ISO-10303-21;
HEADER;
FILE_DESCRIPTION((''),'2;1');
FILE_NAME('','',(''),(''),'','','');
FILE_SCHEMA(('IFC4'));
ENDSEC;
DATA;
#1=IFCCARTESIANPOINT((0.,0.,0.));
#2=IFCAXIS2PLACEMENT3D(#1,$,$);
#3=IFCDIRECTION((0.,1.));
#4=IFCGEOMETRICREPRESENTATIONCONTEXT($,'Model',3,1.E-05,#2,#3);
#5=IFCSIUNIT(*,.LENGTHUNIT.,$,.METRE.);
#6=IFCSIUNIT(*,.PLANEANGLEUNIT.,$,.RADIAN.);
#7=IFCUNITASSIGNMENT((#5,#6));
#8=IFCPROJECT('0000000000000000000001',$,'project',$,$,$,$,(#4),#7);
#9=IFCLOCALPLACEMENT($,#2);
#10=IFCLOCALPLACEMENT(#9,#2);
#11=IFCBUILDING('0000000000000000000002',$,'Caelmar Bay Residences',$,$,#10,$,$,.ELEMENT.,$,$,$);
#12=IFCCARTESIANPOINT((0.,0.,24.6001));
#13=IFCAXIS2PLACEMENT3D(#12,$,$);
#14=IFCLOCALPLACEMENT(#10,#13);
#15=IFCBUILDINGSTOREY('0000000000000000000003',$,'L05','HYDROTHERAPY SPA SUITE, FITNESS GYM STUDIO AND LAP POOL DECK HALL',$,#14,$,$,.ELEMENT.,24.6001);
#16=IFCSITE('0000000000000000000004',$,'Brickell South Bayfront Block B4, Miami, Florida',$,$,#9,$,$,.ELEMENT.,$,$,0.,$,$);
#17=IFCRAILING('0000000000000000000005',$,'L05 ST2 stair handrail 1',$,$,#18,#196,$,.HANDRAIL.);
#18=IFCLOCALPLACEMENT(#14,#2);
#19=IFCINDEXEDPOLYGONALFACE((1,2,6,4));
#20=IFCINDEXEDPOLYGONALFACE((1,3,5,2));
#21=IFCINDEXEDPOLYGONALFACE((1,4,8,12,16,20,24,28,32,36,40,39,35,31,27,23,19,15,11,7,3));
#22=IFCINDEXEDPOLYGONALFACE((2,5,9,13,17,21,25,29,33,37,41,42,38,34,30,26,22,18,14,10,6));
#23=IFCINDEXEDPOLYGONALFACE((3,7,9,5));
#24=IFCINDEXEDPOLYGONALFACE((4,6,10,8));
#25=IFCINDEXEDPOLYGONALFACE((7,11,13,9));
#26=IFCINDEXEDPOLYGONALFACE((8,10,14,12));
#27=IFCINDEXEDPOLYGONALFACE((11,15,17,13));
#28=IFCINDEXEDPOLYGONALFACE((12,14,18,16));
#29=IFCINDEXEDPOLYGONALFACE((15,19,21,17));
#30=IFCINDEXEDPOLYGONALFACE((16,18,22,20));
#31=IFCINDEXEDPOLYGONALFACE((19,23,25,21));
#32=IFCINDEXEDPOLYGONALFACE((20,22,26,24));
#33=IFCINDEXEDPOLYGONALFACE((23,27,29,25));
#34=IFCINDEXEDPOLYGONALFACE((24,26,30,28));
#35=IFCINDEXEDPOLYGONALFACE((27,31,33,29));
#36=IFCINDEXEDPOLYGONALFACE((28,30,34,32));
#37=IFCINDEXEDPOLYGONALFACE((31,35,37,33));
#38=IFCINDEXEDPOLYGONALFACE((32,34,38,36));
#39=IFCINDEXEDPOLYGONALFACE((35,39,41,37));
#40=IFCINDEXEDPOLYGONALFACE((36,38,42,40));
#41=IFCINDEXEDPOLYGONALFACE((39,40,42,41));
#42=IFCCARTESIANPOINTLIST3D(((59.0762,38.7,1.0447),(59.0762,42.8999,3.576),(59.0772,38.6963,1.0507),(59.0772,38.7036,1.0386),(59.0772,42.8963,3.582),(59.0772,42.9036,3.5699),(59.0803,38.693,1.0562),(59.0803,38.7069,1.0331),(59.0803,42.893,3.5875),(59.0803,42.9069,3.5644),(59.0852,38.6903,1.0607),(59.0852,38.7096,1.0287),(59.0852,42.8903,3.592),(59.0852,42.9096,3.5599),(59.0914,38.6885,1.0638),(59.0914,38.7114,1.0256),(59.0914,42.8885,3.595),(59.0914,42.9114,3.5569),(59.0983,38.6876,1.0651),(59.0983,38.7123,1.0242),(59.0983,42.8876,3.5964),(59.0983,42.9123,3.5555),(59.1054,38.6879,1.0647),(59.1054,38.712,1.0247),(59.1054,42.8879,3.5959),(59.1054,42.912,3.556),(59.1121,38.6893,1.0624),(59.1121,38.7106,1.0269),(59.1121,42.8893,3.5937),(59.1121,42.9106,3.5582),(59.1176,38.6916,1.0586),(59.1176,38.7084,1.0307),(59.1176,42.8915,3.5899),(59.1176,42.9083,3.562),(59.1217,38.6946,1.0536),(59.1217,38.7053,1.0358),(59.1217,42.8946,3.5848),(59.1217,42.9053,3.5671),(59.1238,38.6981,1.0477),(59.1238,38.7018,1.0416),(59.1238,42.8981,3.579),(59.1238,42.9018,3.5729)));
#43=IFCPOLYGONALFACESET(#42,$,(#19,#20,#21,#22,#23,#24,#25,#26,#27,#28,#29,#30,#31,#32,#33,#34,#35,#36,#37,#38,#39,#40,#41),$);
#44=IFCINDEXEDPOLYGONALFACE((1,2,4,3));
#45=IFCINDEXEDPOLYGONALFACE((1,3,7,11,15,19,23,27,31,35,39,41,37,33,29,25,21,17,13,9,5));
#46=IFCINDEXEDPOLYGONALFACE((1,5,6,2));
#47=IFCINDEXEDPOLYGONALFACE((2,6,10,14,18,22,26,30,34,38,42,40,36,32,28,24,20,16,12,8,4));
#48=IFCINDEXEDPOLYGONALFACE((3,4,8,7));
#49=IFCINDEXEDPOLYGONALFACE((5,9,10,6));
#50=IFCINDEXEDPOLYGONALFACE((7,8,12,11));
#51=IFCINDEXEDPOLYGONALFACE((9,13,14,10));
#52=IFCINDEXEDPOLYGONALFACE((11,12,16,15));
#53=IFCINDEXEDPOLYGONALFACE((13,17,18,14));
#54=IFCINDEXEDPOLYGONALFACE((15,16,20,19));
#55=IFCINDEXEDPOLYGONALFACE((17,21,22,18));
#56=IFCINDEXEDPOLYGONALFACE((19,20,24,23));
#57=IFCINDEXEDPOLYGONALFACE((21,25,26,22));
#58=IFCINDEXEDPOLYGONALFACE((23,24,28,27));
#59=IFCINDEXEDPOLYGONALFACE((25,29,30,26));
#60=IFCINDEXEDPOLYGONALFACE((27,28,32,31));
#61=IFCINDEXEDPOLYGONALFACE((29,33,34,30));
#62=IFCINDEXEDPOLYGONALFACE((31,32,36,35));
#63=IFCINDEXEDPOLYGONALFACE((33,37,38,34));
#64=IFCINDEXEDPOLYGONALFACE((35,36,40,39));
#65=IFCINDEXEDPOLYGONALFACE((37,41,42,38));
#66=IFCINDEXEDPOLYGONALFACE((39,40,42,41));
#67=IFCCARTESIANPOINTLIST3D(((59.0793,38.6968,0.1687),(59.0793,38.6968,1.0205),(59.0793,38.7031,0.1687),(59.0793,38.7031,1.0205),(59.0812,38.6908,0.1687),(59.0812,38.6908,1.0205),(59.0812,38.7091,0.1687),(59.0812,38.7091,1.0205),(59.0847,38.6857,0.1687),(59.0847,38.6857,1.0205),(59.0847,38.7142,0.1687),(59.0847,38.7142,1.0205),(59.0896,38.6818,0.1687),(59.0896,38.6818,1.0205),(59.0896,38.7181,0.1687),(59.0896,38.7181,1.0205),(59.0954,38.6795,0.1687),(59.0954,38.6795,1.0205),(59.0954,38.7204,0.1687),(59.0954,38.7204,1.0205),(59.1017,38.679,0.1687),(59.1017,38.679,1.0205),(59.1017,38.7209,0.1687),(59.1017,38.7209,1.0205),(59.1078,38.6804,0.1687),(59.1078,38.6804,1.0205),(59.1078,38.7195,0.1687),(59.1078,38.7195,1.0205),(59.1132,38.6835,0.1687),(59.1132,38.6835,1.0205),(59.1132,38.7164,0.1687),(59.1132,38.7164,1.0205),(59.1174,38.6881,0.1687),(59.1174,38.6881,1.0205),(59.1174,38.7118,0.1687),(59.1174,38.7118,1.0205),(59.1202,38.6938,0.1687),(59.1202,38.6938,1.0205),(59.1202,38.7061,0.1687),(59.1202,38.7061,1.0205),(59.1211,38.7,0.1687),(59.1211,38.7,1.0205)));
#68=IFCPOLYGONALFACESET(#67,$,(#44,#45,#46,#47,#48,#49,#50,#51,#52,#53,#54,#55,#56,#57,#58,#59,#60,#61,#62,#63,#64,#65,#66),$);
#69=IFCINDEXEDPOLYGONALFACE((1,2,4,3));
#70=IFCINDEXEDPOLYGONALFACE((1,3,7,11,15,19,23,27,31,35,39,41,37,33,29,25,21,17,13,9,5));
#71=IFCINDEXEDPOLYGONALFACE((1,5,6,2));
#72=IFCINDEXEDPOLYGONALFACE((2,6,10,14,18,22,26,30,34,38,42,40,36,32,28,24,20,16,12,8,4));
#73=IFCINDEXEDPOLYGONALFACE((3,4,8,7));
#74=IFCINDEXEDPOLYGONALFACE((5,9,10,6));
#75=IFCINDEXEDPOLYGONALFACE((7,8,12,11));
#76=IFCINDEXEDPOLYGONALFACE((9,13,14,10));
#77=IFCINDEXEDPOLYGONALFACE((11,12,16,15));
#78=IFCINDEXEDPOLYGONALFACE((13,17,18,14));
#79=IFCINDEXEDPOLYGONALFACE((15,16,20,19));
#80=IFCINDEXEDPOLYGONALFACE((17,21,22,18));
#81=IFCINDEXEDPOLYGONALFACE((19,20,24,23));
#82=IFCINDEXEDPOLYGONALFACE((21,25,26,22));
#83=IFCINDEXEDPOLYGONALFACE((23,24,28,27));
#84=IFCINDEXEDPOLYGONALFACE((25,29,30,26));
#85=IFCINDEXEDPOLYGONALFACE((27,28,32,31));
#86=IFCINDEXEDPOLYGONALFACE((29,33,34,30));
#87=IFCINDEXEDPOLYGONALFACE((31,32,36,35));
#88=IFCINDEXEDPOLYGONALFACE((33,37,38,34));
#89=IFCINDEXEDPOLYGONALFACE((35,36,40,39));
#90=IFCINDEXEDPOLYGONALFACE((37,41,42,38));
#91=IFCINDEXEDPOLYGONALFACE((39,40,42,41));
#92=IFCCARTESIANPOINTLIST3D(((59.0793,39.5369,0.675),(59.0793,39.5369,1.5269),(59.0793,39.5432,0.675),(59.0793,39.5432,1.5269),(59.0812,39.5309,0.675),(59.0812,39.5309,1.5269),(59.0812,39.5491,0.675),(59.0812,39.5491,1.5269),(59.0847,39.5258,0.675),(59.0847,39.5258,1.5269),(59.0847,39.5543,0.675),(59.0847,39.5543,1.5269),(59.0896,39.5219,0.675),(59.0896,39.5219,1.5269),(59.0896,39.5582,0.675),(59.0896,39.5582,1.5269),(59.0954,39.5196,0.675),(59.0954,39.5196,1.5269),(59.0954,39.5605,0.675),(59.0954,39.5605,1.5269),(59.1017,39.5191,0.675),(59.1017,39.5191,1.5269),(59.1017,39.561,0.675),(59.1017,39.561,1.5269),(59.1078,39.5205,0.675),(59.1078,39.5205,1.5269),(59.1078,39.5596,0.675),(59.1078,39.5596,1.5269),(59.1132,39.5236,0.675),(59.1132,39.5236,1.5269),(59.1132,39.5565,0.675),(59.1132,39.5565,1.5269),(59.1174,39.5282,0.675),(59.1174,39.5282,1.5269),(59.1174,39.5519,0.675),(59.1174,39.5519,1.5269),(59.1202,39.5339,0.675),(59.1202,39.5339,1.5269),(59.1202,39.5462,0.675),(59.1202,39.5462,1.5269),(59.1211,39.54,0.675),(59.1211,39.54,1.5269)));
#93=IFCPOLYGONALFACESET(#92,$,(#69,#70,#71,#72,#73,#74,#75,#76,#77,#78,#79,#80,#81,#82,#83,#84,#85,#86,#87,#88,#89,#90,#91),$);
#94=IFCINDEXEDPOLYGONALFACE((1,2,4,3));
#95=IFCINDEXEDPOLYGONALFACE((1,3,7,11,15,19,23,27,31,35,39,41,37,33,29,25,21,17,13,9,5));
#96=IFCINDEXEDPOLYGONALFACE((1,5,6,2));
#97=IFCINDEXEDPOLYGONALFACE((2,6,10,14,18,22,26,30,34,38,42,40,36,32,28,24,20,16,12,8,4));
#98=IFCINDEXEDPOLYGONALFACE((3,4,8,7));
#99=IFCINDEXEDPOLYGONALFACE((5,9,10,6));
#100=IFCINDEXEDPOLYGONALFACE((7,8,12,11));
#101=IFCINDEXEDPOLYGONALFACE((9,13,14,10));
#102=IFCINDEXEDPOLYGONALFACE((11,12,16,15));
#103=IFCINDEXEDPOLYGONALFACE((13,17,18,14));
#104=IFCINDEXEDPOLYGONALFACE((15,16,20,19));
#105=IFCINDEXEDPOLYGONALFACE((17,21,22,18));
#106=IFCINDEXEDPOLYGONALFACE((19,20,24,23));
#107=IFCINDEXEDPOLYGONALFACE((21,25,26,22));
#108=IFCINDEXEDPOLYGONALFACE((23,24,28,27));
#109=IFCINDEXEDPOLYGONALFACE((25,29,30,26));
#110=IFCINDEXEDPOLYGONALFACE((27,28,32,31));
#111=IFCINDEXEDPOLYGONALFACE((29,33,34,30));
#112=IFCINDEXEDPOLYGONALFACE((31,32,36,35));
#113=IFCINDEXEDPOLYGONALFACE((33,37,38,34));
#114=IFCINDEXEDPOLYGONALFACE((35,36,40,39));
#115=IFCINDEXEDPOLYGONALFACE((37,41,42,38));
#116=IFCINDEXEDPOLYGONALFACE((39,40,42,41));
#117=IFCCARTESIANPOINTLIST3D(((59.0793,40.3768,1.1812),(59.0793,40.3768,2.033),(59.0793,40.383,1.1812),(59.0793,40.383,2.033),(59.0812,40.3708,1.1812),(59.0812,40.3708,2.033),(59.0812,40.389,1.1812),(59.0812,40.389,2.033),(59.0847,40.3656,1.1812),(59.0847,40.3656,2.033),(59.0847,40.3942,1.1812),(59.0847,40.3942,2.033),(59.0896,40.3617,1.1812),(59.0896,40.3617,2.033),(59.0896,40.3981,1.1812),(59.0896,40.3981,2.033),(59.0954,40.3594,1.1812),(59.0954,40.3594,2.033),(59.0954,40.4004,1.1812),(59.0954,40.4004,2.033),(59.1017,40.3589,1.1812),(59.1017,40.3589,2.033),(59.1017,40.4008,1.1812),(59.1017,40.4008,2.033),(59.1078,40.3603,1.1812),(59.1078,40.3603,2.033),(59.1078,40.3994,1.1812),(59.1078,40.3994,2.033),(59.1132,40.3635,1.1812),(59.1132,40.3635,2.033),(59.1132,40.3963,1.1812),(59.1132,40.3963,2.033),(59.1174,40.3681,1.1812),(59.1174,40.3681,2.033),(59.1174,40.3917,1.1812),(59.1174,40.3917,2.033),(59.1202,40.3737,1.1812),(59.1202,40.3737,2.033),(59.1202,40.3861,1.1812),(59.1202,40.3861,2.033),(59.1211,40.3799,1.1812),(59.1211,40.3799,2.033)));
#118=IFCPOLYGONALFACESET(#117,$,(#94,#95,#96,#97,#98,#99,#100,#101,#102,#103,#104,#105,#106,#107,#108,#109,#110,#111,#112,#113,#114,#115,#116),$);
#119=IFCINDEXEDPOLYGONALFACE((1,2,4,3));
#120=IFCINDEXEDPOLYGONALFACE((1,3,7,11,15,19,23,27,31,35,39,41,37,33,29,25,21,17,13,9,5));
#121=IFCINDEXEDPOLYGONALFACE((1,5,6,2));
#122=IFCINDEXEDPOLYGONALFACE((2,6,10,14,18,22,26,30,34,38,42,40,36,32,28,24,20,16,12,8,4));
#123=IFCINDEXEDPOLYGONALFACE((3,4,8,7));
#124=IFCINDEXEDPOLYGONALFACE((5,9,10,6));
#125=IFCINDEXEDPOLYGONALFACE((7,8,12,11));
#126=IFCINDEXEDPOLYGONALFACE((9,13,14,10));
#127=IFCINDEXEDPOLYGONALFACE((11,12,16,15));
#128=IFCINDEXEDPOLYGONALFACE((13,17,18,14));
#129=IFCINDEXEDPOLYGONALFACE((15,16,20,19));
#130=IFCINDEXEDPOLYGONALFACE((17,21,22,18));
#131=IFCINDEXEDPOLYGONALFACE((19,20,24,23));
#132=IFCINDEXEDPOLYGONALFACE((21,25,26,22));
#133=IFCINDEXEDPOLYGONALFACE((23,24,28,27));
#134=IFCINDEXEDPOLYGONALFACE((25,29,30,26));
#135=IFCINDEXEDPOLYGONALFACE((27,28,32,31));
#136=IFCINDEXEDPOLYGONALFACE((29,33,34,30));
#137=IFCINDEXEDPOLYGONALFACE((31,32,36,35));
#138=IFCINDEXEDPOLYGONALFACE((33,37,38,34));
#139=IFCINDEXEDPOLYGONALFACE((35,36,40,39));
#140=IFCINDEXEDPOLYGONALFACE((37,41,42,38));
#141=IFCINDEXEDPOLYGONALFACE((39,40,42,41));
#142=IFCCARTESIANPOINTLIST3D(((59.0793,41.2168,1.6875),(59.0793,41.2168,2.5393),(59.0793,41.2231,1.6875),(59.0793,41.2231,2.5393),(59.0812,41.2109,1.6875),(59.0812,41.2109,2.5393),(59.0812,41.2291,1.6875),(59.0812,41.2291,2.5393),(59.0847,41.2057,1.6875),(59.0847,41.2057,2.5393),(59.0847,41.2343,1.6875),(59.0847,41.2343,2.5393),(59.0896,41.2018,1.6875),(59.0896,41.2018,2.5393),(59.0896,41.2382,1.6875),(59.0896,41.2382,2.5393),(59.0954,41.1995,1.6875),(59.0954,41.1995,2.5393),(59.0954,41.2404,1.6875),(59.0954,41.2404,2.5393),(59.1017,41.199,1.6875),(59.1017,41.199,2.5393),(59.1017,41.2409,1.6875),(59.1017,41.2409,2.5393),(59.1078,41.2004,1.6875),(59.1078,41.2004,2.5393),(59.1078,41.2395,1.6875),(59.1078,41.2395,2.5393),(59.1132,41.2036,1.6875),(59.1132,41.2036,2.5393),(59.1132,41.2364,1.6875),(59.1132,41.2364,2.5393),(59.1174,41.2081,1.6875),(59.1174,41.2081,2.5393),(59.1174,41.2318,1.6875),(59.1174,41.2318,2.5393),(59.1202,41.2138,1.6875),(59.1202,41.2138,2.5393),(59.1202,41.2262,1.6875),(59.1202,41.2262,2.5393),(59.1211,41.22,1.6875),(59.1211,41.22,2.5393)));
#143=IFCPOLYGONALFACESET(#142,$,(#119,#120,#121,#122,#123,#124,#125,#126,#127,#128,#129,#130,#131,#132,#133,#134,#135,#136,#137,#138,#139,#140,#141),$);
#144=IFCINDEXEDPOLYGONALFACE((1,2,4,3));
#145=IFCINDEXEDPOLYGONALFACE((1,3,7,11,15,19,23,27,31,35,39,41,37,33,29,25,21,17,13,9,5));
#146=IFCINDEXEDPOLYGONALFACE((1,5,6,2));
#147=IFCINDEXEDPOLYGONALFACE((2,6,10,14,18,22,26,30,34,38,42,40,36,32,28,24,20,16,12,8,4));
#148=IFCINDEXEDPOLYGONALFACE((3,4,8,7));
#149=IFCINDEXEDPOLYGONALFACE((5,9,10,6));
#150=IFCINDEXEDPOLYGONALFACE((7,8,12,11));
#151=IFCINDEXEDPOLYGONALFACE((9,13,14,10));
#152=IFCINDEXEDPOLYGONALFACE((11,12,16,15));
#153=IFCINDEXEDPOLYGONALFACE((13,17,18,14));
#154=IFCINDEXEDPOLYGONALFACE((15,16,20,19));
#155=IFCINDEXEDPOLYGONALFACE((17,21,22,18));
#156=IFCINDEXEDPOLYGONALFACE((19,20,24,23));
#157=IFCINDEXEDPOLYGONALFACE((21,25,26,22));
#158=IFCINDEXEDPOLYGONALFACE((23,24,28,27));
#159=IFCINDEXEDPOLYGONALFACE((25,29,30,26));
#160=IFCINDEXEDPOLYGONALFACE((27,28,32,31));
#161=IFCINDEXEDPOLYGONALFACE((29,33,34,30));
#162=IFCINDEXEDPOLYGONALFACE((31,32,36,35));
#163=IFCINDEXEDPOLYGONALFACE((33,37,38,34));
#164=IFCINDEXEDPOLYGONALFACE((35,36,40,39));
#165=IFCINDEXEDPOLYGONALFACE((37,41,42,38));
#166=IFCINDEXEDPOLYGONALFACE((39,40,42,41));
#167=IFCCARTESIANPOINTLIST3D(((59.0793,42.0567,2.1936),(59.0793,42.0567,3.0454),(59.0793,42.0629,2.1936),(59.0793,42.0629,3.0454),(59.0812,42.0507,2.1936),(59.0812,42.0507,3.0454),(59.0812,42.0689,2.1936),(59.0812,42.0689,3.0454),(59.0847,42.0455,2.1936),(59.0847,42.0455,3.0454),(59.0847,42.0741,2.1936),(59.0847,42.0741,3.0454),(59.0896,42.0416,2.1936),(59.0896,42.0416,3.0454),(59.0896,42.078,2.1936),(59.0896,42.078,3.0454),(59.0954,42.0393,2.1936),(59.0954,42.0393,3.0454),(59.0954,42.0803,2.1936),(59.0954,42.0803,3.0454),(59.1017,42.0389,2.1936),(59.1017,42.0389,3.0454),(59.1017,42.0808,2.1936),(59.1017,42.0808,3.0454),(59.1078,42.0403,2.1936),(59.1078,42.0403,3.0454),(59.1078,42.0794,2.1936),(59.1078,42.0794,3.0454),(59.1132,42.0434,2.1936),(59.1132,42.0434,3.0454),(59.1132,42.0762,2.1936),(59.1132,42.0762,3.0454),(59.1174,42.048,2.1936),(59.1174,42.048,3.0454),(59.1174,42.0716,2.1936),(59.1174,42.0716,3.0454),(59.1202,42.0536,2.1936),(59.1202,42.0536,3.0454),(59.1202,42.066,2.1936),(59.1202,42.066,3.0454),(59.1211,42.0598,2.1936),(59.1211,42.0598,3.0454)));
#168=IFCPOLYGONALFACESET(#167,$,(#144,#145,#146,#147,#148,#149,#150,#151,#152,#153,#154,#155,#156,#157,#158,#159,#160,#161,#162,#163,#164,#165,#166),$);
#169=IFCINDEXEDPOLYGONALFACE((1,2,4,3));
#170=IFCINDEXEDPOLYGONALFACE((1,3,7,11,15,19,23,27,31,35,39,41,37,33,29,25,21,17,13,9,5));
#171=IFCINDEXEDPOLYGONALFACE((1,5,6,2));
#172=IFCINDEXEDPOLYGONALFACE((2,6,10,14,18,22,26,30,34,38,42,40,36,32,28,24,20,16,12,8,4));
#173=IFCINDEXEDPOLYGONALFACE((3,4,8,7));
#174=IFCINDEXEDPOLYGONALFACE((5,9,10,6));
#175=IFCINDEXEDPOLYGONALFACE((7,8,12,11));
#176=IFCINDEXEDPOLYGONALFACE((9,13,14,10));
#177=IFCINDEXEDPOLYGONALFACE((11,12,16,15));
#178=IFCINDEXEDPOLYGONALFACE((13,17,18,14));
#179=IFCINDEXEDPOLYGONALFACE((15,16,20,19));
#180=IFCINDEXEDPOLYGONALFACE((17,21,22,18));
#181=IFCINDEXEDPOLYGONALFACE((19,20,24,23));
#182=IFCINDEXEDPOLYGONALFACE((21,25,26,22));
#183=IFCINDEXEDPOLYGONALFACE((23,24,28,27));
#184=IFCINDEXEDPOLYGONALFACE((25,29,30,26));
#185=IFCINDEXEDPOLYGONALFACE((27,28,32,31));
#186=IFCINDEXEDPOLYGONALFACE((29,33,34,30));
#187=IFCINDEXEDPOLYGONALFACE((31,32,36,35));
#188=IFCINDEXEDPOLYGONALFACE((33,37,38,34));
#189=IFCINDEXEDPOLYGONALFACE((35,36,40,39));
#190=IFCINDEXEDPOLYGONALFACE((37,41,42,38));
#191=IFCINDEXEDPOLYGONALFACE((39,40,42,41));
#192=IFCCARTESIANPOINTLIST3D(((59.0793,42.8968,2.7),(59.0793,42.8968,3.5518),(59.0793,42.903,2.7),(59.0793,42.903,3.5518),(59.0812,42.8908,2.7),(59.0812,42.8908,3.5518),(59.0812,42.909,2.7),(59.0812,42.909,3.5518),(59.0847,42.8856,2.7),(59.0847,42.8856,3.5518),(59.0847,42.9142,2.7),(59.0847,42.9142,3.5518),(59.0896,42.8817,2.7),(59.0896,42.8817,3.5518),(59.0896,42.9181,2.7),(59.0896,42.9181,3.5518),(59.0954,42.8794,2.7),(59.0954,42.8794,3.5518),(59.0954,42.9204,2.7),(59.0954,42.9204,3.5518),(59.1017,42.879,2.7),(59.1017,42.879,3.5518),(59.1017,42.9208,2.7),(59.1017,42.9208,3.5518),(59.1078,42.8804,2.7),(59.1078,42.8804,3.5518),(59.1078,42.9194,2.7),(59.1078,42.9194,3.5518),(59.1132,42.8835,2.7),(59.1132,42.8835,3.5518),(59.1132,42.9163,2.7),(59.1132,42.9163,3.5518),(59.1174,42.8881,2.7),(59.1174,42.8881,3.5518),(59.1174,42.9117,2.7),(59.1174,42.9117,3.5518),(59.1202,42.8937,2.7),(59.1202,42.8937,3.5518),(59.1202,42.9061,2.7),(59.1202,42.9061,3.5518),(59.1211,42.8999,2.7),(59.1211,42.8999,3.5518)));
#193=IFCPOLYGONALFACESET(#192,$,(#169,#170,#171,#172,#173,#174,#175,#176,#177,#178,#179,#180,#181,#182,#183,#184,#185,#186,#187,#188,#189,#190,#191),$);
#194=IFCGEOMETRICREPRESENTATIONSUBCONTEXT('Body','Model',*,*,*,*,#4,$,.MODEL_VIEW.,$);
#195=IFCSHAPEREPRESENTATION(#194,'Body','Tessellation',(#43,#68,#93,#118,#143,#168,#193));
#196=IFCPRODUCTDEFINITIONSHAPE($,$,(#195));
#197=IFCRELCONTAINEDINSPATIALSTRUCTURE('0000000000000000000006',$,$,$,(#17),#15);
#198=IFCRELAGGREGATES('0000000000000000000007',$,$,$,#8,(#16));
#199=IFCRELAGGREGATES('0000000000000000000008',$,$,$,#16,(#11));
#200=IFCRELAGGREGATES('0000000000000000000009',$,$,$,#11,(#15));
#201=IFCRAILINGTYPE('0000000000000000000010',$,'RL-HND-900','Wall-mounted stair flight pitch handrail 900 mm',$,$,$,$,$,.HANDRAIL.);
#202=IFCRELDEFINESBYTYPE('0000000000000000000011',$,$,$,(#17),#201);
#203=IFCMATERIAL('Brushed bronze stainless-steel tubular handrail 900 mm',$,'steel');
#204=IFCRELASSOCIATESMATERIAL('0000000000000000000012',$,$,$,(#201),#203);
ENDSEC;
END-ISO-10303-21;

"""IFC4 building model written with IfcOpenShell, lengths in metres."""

from ifc_helpers import new_model, si_unit, direction, frame, origin, origin_2d, place, context, subcontext, project, spatial, circle, extrude, material, type_object, element, save


model = new_model("IFC4")

# Units and contexts
model_context = context("Model", 3, precision=1e-05, world=origin(), true_north=direction((0.0, 1.0)))
body_context = subcontext(model_context, "Body", "Model", "MODEL_VIEW")
ifc_project = project(units=[si_unit("LENGTHUNIT", "METRE"), si_unit("PLANEANGLEUNIT", "RADIAN")], contexts=[model_context])

# Site, building, storey
site_placement = place(None, origin())
site = spatial("IfcSite", under=ifc_project, at=site_placement, Name="Brickell South Bayfront Block B4, Miami, Florida", CompositionType="ELEMENT", RefElevation=0.0)
building_placement = place(site_placement, origin())
building = spatial("IfcBuilding", under=site, at=building_placement, Name="Caelmar Bay Residences", CompositionType="ELEMENT")
storey_placement = place(building_placement, frame((0.0, 0.0, 24.6001)))
storey = spatial("IfcBuildingStorey", under=building, at=storey_placement, Name="L05", Description="HYDROTHERAPY SPA SUITE, FITNESS GYM STUDIO AND LAP POOL DECK HALL", CompositionType="ELEMENT", Elevation=24.6001)

# Railing
ifc_material_1 = material(Name="Brushed bronze stainless-steel tubular handrail 900 mm", Category="steel")
railing_type_1 = type_object("IfcRailingType", Name="RL-HND-900", Description="Wall-mounted stair flight pitch handrail 900 mm", PredefinedType="HANDRAIL", material=ifc_material_1)
railing_1_placement = place(storey_placement, frame((59.1001, 38.7, 0.1687)))
element("IfcRailing", 1, at=railing_1_placement, inside=storey, type_object=railing_type_1, Name="L05 ST2 stair handrail 1", PredefinedType="HANDRAIL", context=body_context, shape_type="SweptSolid", body=[
    extrude(circle(Radius=0.0239, at=origin_2d()), frame((0.0, 0.0, 0.876), z_axis=(0.0, 0.856476, 0.516186), x_axis=(-1.0, 0.0, 0.0)), (0.0, 0.0, 1.0), 4.9038),
    extrude(circle(Radius=0.021, at=origin_2d()), origin(), (0.0, 0.0, 1.0), 0.8518),
    extrude(circle(Radius=0.021, at=origin_2d()), frame((0.0, 0.8401, 0.5063)), (0.0, 0.0, 1.0), 0.8518),
    extrude(circle(Radius=0.021, at=origin_2d()), frame((0.0, 1.6799, 1.0125)), (0.0, 0.0, 1.0), 0.8518),
    extrude(circle(Radius=0.021, at=origin_2d()), frame((0.0, 2.52, 1.5188)), (0.0, 0.0, 1.0), 0.8518),
    extrude(circle(Radius=0.021, at=origin_2d()), frame((0.0, 3.3599, 2.0249)), (0.0, 0.0, 1.0), 0.8518),
    extrude(circle(Radius=0.021, at=origin_2d()), frame((0.0, 4.2, 2.5312)), (0.0, 0.0, 1.0), 0.8518),
])

save(model, "model.ifc")
